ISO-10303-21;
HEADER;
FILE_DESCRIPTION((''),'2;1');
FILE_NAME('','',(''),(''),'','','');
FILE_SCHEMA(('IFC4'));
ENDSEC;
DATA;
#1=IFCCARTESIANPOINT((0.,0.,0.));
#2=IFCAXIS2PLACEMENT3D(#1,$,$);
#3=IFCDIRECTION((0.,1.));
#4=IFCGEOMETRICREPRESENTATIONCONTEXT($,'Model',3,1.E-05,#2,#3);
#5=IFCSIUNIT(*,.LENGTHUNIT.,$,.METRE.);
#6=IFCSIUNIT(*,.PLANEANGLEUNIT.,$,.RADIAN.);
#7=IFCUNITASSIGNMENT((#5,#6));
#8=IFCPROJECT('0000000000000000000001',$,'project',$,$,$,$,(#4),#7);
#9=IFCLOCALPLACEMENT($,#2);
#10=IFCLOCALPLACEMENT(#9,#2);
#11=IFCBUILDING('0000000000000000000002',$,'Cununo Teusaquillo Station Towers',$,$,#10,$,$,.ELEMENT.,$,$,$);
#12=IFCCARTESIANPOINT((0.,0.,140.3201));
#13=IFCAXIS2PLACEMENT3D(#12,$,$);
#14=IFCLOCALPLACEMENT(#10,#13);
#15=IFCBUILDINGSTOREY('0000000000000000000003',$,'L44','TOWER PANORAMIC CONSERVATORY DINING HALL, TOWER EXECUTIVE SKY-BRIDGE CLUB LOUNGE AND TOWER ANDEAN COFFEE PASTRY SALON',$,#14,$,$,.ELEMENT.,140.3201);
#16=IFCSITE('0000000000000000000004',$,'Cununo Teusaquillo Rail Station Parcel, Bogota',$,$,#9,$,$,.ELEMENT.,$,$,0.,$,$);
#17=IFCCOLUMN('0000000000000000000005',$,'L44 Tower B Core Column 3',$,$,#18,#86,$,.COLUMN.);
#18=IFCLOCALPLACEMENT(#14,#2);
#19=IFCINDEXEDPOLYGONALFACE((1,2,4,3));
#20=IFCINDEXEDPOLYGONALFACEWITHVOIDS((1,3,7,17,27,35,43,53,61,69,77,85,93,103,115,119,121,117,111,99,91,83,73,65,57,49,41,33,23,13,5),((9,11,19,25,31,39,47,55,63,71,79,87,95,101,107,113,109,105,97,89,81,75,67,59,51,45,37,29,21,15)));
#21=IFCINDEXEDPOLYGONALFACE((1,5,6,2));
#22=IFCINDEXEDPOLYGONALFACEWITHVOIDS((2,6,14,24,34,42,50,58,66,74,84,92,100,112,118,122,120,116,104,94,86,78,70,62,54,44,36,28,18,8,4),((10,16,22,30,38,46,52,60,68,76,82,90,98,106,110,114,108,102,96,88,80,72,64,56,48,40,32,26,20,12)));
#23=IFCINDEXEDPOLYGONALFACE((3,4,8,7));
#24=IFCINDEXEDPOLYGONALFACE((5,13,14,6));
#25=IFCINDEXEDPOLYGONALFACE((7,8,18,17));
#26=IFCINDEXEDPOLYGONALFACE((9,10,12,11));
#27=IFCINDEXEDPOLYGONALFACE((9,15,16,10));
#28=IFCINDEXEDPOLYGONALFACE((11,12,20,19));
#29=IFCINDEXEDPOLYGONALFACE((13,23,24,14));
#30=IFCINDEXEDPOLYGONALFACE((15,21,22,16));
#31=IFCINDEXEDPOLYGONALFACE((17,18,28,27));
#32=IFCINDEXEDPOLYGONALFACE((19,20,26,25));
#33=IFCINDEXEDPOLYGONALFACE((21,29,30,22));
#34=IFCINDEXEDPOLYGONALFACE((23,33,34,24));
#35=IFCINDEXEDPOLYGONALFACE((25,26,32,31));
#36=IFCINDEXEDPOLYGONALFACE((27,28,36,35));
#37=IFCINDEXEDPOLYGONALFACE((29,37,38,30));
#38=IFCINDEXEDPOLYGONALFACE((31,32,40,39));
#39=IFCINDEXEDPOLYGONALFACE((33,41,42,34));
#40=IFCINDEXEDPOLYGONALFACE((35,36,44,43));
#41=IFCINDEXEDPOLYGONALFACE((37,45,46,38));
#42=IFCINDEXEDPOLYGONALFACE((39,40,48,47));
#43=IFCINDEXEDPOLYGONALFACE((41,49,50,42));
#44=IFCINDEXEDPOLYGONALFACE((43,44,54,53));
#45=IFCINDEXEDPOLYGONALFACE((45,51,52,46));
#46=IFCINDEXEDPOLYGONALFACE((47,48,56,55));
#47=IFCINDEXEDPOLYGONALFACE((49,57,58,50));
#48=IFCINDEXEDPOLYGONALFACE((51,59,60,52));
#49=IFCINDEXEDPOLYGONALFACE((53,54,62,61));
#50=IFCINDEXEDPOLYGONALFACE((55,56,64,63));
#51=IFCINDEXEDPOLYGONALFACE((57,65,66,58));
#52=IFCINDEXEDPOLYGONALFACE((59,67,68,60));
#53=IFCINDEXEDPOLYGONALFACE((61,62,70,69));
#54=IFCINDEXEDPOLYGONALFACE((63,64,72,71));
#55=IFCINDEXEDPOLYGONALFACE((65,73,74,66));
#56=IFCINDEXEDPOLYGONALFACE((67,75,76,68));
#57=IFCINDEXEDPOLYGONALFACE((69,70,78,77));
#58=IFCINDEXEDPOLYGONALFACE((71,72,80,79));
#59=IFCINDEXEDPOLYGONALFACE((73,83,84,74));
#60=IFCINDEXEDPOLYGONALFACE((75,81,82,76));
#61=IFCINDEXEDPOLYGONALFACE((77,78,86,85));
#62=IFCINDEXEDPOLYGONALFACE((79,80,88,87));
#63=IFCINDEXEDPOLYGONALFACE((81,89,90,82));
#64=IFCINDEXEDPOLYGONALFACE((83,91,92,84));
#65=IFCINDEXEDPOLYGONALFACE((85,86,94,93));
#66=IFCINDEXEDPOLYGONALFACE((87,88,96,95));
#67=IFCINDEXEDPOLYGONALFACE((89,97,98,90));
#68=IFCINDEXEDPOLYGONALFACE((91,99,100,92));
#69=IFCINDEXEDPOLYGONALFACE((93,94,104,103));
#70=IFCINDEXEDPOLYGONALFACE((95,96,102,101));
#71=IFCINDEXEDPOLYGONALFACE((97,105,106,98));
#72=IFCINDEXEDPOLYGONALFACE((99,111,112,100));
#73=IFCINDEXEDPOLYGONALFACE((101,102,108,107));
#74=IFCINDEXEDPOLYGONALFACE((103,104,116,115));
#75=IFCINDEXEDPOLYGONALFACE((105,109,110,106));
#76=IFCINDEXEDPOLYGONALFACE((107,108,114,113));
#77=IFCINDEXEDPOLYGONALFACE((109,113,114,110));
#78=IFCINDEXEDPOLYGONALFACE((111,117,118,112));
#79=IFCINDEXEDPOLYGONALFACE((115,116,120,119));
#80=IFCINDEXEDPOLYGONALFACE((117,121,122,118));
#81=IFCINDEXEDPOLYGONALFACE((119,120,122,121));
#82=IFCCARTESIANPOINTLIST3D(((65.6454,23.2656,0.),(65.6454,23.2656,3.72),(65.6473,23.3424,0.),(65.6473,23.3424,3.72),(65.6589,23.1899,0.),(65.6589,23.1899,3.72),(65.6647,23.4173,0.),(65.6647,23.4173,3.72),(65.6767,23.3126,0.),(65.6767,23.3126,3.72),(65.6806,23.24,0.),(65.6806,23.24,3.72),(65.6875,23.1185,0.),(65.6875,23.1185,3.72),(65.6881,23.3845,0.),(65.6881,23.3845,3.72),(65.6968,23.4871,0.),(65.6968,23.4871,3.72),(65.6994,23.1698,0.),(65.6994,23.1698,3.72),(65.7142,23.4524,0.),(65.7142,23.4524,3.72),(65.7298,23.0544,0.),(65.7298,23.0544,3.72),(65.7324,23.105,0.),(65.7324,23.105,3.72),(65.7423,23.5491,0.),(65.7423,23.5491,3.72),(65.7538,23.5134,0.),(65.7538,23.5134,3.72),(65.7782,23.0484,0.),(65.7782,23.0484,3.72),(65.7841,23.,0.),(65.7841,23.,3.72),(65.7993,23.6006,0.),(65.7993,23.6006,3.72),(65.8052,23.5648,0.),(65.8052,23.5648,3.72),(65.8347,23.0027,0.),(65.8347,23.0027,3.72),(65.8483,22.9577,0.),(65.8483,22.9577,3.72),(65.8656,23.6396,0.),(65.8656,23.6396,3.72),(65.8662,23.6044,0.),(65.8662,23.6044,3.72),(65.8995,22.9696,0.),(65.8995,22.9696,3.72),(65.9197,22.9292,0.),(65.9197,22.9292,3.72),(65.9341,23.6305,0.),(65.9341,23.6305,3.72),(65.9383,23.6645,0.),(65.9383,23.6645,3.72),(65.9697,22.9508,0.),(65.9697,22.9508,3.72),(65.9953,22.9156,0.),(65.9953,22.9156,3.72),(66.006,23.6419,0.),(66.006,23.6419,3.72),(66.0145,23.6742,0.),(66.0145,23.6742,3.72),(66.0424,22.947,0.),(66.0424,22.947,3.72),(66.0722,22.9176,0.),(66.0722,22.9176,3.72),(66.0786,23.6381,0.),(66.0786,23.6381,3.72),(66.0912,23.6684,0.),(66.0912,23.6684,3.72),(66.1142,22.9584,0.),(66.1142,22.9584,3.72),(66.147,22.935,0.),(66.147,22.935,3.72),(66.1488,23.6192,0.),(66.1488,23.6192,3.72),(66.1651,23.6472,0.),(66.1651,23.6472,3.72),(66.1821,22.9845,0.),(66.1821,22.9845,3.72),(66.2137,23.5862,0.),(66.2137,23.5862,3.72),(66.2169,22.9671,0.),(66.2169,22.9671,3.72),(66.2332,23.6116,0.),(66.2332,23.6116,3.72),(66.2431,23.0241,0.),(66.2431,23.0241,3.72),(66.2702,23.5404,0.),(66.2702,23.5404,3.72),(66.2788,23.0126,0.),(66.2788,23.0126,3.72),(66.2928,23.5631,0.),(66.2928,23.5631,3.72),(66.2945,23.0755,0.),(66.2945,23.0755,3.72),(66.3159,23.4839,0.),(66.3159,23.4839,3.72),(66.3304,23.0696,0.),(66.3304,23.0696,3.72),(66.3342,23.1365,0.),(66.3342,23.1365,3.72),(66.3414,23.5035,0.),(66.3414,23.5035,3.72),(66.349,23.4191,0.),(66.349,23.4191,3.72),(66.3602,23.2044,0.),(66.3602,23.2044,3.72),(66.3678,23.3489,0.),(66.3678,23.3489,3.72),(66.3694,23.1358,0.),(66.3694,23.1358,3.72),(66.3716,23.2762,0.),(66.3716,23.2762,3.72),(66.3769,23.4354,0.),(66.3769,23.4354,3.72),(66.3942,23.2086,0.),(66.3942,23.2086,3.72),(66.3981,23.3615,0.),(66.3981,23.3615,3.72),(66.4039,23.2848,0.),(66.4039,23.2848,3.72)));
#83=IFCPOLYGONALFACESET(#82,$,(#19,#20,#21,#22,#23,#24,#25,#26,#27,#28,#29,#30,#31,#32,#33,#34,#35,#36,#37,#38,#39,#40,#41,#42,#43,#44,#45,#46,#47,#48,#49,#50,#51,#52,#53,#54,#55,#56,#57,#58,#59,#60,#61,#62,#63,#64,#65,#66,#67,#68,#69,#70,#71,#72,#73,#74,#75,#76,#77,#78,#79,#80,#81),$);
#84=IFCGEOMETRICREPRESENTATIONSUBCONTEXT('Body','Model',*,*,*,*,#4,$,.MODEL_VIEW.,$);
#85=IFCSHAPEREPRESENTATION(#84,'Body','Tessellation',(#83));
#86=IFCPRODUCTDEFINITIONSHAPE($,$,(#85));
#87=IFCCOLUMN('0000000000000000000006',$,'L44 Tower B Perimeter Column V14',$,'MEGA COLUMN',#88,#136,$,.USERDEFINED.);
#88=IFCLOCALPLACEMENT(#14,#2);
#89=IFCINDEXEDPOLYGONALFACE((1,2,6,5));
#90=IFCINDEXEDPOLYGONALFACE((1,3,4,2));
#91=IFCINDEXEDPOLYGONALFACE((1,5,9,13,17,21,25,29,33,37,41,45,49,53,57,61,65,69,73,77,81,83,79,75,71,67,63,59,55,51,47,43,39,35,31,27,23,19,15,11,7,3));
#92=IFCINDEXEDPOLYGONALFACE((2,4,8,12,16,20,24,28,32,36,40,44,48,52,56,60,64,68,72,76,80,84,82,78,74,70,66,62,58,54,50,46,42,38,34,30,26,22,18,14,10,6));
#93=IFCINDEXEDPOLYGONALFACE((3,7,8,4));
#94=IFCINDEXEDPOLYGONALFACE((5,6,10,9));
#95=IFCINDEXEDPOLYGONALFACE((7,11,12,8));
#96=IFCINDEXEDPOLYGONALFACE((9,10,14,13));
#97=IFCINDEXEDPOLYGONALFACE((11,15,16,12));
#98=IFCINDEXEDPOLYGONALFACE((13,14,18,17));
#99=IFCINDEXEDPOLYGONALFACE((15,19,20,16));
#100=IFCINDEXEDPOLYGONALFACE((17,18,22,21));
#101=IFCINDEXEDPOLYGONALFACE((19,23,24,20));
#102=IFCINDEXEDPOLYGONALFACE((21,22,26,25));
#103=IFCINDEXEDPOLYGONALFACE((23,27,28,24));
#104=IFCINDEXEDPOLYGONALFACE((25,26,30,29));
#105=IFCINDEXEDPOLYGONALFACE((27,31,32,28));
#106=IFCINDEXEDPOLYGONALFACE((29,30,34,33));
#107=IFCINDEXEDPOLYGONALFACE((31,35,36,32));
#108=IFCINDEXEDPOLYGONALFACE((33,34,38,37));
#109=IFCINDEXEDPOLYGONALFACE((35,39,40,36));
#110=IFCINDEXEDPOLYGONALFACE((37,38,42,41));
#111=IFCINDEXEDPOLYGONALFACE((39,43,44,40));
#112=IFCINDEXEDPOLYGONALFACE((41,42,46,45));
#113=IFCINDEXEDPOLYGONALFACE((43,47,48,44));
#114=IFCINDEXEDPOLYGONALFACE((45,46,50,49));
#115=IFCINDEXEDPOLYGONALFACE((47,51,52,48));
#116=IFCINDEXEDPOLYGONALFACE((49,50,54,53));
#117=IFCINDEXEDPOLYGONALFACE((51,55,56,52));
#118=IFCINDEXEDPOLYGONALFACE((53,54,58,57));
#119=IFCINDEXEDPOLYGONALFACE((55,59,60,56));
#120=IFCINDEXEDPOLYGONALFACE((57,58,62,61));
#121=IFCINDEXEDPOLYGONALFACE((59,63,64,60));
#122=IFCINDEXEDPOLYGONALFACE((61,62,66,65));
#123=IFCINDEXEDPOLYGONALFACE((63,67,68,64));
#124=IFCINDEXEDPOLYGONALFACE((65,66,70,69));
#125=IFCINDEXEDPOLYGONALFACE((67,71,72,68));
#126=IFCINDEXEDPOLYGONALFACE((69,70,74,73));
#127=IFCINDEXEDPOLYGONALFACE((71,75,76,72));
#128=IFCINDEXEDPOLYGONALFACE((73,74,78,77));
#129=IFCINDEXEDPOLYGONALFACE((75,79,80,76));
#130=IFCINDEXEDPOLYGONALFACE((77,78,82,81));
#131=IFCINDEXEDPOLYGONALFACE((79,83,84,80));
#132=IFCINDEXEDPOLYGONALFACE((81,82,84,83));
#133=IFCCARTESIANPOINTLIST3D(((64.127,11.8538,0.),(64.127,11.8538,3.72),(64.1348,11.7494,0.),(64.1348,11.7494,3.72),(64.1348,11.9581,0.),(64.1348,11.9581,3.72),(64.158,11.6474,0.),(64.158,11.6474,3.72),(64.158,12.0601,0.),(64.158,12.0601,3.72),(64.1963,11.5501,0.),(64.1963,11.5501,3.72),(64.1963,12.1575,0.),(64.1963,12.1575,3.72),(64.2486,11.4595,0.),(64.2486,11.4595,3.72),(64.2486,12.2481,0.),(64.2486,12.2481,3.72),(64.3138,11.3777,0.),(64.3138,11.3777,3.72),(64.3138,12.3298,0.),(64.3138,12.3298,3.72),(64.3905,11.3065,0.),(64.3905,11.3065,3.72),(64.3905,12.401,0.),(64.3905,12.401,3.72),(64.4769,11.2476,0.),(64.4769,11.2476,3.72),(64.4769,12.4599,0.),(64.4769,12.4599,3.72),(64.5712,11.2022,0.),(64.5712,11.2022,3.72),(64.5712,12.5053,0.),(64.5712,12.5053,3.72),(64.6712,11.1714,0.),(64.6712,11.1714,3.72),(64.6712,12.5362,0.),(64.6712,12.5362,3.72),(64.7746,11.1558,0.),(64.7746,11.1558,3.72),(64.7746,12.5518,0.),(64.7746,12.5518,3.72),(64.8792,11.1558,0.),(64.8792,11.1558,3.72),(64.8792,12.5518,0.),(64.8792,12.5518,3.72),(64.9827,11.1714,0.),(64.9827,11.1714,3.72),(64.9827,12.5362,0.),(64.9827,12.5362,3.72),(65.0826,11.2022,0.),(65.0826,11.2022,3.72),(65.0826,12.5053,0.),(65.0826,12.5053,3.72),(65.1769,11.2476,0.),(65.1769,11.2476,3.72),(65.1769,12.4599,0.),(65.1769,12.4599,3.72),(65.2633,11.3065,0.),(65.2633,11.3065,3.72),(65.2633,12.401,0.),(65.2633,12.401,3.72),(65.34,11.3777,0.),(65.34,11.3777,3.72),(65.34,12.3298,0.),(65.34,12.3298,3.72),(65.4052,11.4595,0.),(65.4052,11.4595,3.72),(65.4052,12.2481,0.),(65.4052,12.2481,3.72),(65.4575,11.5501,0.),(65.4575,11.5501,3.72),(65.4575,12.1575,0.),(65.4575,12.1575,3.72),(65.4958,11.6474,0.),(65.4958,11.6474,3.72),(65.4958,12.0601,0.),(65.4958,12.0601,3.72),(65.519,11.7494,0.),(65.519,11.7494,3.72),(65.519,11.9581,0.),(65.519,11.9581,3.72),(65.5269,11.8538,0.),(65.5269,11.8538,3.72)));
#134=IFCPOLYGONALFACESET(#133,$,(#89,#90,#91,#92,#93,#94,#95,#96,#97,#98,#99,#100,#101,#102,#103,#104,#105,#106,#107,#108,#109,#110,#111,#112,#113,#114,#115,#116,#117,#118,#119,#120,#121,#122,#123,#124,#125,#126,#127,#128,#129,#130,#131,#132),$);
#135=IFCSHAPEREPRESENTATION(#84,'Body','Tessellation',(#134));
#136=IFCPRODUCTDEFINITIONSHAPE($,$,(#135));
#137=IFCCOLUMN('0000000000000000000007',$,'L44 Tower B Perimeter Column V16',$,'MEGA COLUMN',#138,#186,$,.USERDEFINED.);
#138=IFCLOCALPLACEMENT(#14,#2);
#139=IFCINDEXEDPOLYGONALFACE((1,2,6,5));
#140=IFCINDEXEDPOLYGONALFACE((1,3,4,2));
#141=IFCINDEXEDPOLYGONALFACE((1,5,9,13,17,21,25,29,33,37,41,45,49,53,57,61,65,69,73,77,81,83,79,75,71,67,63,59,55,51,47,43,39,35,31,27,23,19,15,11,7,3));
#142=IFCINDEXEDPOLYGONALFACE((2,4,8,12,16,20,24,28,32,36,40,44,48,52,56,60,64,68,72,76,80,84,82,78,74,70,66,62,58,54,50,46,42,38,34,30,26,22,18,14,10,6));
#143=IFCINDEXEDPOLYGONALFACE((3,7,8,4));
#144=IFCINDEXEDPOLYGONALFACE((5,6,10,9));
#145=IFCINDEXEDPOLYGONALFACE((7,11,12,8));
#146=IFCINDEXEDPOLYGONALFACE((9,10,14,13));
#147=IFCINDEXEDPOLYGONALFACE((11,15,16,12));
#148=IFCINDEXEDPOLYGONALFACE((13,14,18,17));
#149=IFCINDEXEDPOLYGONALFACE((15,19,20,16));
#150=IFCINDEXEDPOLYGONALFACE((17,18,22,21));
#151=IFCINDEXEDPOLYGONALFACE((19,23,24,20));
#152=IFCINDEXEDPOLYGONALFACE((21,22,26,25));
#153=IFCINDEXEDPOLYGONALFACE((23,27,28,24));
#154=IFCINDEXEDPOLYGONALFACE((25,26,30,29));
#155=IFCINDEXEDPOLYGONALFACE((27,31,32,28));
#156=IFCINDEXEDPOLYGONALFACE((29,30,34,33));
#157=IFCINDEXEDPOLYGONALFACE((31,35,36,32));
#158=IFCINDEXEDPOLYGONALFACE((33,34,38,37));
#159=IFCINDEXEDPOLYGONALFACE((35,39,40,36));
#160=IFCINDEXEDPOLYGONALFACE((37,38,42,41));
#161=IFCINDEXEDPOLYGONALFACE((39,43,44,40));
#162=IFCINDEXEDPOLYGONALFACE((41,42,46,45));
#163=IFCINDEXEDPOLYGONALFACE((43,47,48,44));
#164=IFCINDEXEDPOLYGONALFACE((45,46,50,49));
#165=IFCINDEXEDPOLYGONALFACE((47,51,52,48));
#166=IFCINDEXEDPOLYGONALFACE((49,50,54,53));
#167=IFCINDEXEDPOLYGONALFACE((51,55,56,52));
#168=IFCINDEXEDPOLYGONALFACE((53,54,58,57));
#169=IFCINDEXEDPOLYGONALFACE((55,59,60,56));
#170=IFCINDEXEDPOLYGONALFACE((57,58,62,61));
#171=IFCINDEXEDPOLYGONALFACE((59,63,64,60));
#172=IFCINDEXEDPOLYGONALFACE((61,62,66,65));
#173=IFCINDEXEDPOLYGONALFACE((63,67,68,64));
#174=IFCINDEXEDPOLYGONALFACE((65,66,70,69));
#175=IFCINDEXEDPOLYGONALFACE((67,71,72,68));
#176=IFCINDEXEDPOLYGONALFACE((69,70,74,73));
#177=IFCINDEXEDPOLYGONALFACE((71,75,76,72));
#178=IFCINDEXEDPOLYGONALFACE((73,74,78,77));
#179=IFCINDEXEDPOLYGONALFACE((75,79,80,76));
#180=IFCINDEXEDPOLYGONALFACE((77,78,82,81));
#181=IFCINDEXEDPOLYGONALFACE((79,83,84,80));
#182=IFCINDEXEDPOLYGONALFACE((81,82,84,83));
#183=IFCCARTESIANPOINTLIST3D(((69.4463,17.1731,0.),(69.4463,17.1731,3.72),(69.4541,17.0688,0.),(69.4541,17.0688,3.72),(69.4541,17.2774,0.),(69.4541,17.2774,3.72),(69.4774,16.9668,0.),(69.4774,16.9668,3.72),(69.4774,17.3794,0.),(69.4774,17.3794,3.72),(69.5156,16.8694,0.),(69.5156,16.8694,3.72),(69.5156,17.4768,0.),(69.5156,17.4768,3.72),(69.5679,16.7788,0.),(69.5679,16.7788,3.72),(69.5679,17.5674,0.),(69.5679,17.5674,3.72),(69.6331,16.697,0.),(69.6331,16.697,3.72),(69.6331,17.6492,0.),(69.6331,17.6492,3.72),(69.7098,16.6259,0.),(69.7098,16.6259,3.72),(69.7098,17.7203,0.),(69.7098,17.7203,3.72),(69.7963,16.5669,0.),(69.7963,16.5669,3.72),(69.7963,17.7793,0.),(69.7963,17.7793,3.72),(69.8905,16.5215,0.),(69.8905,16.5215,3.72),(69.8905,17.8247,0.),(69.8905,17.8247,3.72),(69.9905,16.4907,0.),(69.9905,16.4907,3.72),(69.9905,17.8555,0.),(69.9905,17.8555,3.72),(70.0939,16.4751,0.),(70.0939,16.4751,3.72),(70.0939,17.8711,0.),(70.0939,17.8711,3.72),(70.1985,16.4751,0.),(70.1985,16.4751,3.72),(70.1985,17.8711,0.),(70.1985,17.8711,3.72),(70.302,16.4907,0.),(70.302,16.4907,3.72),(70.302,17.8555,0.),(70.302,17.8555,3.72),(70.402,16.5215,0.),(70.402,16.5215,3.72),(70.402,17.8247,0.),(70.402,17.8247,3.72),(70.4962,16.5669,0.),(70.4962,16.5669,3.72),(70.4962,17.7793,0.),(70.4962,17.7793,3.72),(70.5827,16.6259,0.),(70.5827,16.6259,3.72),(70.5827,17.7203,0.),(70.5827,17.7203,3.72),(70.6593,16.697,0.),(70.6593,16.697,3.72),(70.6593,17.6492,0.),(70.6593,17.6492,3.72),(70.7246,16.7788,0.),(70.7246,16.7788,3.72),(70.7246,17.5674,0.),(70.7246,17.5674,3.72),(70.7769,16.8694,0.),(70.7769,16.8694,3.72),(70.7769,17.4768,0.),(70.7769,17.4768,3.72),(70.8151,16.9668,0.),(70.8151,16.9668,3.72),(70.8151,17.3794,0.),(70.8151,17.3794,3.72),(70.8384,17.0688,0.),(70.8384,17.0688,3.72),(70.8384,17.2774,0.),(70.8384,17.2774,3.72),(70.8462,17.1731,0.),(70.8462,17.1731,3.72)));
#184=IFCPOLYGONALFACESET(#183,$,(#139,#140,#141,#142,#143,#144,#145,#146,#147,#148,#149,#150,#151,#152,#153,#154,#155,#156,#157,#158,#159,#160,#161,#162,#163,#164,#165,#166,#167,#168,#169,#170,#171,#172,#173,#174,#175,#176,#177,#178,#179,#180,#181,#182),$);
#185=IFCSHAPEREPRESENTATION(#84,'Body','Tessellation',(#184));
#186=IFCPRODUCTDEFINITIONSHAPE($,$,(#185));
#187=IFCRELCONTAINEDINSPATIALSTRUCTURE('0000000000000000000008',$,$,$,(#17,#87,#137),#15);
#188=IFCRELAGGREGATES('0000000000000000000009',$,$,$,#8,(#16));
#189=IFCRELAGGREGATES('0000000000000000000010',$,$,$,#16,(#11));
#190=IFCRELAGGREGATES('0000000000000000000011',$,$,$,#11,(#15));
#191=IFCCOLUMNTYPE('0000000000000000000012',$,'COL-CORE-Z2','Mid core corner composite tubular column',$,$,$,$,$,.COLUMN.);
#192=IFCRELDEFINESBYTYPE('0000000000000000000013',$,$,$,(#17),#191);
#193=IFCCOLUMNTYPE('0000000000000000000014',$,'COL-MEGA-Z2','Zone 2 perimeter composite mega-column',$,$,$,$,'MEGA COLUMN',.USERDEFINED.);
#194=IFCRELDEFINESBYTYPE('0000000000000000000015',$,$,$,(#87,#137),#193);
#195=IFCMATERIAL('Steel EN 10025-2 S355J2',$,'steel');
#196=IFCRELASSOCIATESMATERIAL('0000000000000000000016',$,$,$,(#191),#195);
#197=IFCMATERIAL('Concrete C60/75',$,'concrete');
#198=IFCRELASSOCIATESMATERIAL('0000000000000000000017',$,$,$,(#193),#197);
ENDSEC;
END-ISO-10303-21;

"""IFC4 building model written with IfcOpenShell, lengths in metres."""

from ifc_helpers import new_model, si_unit, direction, frame, origin, origin_2d, place, context, subcontext, project, spatial, circle, hollow_circle, extrude, material, material_profile, profile_set, type_object, element, save


model = new_model("IFC4")

# Units and contexts
model_context = context("Model", 3, precision=1e-05, world=origin(), true_north=direction((0.0, 1.0)))
body_context = subcontext(model_context, "Body", "Model", "MODEL_VIEW")
ifc_project = project(units=[si_unit("LENGTHUNIT", "METRE"), si_unit("PLANEANGLEUNIT", "RADIAN")], contexts=[model_context])

# Site, building, storey
site_placement = place(None, origin())
site = spatial("IfcSite", under=ifc_project, at=site_placement, Name="Cununo Teusaquillo Rail Station Parcel, Bogota", CompositionType="ELEMENT", RefElevation=0.0)
building_placement = place(site_placement, origin())
building = spatial("IfcBuilding", under=site, at=building_placement, Name="Cununo Teusaquillo Station Towers", CompositionType="ELEMENT")
storey_placement = place(building_placement, frame((0.0, 0.0, 140.3201)))
storey = spatial("IfcBuildingStorey", under=building, at=storey_placement, Name="L44", Description="TOWER PANORAMIC CONSERVATORY DINING HALL, TOWER EXECUTIVE SKY-BRIDGE CLUB LOUNGE AND TOWER ANDEAN COFFEE PASTRY SALON", CompositionType="ELEMENT", Elevation=140.3201)

# Columns
ifc_material_1 = material(Name="Steel EN 10025-2 S355J2", Category="steel")
ifc_material_profile_1 = material_profile(ifc_material_1, hollow_circle(Radius=0.3799, WallThickness=0.032, at=origin_2d()), Name="CHS 760x32")
ifc_profile_set_1 = profile_set([ifc_material_profile_1], Name="Steel EN 10025-2 S355J2")
column_type_1 = type_object("IfcColumnType", Name="COL-CORE-Z2", Description="Mid core corner composite tubular column", PredefinedType="COLUMN", material=ifc_profile_set_1)
column_placement = place(storey_placement, frame((66.0242, 23.2944, 0.0), z_axis=(0.0, 0.0, 1.0), x_axis=(0.707107, 0.707107, 0.0)))
element("IfcColumn", 1, at=column_placement, inside=storey, type_object=column_type_1, Name="L44 Tower B Core Column 3", PredefinedType="COLUMN", context=body_context, shape_type="SweptSolid", body=[
    extrude(hollow_circle(Radius=0.3799, WallThickness=0.032, at=origin_2d()), origin(), (0.0, 0.0, 1.0), 3.72),
])
ifc_material_2 = material(Name="Concrete C60/75", Category="concrete")
ifc_material_profile_2 = material_profile(ifc_material_2, circle(Radius=0.7, at=origin_2d()), Name="RC-CIRC-1400")
ifc_profile_set_2 = profile_set([ifc_material_profile_2], Name="Concrete C60/75")
column_type_2 = type_object("IfcColumnType", Name="COL-MEGA-Z2", Description="Zone 2 perimeter composite mega-column", ElementType="MEGA COLUMN", PredefinedType="USERDEFINED", material=ifc_profile_set_2)
for number, where, z_axis, x_axis, name in (
    (2, (64.8269, 11.8538, 0.0), (0.0, 0.0, 1.0), (1.0, 0.0, 0.0), "L44 Tower B Perimeter Column V14"),
    (3, (70.1462, 17.1731, 0.0), (0.0, 0.0, 1.0), (1.0, 0.0, 0.0), "L44 Tower B Perimeter Column V16"),
):
    element("IfcColumn", number, at=place(storey_placement, frame(where, z_axis=z_axis, x_axis=x_axis)), inside=storey, type_object=column_type_2, Name=name, ObjectType="MEGA COLUMN", PredefinedType="USERDEFINED", context=body_context, shape_type="SweptSolid", body=[
        extrude(circle(Radius=0.7, at=origin_2d()), origin(), (0.0, 0.0, 1.0), 3.72),
    ])

save(model, "model.ifc")
